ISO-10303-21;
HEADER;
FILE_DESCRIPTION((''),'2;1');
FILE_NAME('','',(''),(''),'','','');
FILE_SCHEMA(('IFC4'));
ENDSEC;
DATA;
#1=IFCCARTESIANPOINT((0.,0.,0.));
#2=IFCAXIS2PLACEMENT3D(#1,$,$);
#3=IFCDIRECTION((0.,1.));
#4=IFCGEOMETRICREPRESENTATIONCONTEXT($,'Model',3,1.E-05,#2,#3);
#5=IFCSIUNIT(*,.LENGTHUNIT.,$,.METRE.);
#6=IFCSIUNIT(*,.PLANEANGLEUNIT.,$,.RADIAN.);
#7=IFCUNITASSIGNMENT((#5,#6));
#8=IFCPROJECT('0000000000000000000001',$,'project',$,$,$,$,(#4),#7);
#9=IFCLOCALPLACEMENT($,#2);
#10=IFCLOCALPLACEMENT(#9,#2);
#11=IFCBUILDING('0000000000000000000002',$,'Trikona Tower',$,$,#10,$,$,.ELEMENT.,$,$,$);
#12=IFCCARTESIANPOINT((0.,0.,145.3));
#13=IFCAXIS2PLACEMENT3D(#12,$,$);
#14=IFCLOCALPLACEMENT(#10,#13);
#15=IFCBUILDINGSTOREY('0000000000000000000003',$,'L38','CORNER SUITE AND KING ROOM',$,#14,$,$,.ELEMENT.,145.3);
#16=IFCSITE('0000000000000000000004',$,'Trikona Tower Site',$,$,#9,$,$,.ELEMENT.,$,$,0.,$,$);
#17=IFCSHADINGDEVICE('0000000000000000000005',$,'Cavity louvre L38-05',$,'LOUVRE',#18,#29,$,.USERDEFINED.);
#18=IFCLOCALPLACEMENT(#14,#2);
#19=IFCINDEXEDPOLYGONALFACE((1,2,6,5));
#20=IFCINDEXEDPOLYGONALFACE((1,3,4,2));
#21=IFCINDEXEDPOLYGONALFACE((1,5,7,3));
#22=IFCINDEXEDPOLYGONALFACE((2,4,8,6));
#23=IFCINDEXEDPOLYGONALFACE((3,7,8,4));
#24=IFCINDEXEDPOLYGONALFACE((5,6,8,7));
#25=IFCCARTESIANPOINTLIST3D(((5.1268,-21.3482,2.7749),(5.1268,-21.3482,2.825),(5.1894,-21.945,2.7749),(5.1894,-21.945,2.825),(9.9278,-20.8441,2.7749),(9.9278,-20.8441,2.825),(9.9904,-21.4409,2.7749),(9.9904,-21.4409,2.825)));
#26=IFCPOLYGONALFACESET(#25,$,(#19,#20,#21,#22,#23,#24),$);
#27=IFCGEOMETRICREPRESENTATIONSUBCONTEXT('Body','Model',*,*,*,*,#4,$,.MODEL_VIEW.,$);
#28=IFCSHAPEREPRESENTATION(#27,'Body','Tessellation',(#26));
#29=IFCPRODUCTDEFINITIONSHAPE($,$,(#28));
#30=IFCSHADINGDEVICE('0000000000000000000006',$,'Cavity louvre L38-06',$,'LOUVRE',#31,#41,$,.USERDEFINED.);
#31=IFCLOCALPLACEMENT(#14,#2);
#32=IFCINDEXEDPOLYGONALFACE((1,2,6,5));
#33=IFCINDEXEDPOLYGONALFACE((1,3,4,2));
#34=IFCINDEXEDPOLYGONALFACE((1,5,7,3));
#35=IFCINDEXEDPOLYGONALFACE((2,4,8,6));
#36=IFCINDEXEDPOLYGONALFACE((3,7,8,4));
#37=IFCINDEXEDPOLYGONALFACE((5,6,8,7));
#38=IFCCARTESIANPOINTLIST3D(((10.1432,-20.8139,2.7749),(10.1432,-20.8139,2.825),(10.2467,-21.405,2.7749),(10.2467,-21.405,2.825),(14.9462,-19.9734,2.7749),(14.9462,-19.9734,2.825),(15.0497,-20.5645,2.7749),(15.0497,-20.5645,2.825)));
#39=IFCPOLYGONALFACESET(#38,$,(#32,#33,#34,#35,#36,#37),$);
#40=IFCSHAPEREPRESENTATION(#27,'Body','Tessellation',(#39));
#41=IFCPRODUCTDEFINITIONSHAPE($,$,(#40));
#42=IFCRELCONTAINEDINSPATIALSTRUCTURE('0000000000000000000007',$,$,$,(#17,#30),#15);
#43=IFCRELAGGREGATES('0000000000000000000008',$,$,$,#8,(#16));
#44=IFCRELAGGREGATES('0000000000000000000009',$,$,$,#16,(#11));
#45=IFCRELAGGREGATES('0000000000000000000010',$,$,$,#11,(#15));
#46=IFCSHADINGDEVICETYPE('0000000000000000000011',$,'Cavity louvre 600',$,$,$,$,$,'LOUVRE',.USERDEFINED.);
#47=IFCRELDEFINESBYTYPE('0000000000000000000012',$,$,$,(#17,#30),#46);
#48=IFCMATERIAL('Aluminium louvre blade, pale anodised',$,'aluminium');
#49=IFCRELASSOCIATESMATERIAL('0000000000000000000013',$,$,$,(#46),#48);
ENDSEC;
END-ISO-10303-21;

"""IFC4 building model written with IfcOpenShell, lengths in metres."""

from ifc_helpers import new_model, si_unit, direction, frame, origin, origin_2d, place, context, subcontext, project, spatial, rectangle, extrude, material, type_object, element, save


model = new_model("IFC4")

# Units and contexts
model_context = context("Model", 3, precision=1e-05, world=origin(), true_north=direction((0.0, 1.0)))
body_context = subcontext(model_context, "Body", "Model", "MODEL_VIEW")
ifc_project = project(units=[si_unit("LENGTHUNIT", "METRE"), si_unit("PLANEANGLEUNIT", "RADIAN")], contexts=[model_context])

# Site, building, storey
site_placement = place(None, origin())
site = spatial("IfcSite", under=ifc_project, at=site_placement, Name="Trikona Tower Site", CompositionType="ELEMENT", RefElevation=0.0)
building_placement = place(site_placement, origin())
building = spatial("IfcBuilding", under=site, at=building_placement, Name="Trikona Tower", CompositionType="ELEMENT")
storey_placement = place(building_placement, frame((0.0, 0.0, 145.3)))
storey = spatial("IfcBuildingStorey", under=building, at=storey_placement, Name="L38", Description="CORNER SUITE AND KING ROOM", CompositionType="ELEMENT", Elevation=145.3)

# Shading devices
ifc_material_1 = material(Name="Aluminium louvre blade, pale anodised", Category="aluminium")
shading_device_type = type_object("IfcShadingDeviceType", Name="Cavity louvre 600", ElementType="LOUVRE", PredefinedType="USERDEFINED", material=ifc_material_1)
shading_device_1_placement = place(storey_placement, frame((7.5586, -21.3945, 2.7749), z_axis=(0.0, 0.0, 1.0), x_axis=(0.994533, 0.104426, 0.0)))
element("IfcShadingDevice", 1, at=shading_device_1_placement, inside=storey, type_object=shading_device_type, Name="Cavity louvre L38-05", ObjectType="LOUVRE", PredefinedType="USERDEFINED", context=body_context, shape_type="SweptSolid", body=[
    extrude(rectangle(XDim=4.8274, YDim=0.6001, at=origin_2d()), origin(), (0.0, 0.0, 1.0), 0.05),
])
shading_device_2_placement = place(storey_placement, frame((12.5964, -20.6892, 2.7749), z_axis=(0.0, 0.0, 1.0), x_axis=(0.985031, 0.17238, 0.0)))
element("IfcShadingDevice", 2, at=shading_device_2_placement, inside=storey, type_object=shading_device_type, Name="Cavity louvre L38-06", ObjectType="LOUVRE", PredefinedType="USERDEFINED", context=body_context, shape_type="SweptSolid", body=[
    extrude(rectangle(XDim=4.876, YDim=0.6001, at=origin_2d()), origin(), (0.0, 0.0, 1.0), 0.05),
])

save(model, "model.ifc")
